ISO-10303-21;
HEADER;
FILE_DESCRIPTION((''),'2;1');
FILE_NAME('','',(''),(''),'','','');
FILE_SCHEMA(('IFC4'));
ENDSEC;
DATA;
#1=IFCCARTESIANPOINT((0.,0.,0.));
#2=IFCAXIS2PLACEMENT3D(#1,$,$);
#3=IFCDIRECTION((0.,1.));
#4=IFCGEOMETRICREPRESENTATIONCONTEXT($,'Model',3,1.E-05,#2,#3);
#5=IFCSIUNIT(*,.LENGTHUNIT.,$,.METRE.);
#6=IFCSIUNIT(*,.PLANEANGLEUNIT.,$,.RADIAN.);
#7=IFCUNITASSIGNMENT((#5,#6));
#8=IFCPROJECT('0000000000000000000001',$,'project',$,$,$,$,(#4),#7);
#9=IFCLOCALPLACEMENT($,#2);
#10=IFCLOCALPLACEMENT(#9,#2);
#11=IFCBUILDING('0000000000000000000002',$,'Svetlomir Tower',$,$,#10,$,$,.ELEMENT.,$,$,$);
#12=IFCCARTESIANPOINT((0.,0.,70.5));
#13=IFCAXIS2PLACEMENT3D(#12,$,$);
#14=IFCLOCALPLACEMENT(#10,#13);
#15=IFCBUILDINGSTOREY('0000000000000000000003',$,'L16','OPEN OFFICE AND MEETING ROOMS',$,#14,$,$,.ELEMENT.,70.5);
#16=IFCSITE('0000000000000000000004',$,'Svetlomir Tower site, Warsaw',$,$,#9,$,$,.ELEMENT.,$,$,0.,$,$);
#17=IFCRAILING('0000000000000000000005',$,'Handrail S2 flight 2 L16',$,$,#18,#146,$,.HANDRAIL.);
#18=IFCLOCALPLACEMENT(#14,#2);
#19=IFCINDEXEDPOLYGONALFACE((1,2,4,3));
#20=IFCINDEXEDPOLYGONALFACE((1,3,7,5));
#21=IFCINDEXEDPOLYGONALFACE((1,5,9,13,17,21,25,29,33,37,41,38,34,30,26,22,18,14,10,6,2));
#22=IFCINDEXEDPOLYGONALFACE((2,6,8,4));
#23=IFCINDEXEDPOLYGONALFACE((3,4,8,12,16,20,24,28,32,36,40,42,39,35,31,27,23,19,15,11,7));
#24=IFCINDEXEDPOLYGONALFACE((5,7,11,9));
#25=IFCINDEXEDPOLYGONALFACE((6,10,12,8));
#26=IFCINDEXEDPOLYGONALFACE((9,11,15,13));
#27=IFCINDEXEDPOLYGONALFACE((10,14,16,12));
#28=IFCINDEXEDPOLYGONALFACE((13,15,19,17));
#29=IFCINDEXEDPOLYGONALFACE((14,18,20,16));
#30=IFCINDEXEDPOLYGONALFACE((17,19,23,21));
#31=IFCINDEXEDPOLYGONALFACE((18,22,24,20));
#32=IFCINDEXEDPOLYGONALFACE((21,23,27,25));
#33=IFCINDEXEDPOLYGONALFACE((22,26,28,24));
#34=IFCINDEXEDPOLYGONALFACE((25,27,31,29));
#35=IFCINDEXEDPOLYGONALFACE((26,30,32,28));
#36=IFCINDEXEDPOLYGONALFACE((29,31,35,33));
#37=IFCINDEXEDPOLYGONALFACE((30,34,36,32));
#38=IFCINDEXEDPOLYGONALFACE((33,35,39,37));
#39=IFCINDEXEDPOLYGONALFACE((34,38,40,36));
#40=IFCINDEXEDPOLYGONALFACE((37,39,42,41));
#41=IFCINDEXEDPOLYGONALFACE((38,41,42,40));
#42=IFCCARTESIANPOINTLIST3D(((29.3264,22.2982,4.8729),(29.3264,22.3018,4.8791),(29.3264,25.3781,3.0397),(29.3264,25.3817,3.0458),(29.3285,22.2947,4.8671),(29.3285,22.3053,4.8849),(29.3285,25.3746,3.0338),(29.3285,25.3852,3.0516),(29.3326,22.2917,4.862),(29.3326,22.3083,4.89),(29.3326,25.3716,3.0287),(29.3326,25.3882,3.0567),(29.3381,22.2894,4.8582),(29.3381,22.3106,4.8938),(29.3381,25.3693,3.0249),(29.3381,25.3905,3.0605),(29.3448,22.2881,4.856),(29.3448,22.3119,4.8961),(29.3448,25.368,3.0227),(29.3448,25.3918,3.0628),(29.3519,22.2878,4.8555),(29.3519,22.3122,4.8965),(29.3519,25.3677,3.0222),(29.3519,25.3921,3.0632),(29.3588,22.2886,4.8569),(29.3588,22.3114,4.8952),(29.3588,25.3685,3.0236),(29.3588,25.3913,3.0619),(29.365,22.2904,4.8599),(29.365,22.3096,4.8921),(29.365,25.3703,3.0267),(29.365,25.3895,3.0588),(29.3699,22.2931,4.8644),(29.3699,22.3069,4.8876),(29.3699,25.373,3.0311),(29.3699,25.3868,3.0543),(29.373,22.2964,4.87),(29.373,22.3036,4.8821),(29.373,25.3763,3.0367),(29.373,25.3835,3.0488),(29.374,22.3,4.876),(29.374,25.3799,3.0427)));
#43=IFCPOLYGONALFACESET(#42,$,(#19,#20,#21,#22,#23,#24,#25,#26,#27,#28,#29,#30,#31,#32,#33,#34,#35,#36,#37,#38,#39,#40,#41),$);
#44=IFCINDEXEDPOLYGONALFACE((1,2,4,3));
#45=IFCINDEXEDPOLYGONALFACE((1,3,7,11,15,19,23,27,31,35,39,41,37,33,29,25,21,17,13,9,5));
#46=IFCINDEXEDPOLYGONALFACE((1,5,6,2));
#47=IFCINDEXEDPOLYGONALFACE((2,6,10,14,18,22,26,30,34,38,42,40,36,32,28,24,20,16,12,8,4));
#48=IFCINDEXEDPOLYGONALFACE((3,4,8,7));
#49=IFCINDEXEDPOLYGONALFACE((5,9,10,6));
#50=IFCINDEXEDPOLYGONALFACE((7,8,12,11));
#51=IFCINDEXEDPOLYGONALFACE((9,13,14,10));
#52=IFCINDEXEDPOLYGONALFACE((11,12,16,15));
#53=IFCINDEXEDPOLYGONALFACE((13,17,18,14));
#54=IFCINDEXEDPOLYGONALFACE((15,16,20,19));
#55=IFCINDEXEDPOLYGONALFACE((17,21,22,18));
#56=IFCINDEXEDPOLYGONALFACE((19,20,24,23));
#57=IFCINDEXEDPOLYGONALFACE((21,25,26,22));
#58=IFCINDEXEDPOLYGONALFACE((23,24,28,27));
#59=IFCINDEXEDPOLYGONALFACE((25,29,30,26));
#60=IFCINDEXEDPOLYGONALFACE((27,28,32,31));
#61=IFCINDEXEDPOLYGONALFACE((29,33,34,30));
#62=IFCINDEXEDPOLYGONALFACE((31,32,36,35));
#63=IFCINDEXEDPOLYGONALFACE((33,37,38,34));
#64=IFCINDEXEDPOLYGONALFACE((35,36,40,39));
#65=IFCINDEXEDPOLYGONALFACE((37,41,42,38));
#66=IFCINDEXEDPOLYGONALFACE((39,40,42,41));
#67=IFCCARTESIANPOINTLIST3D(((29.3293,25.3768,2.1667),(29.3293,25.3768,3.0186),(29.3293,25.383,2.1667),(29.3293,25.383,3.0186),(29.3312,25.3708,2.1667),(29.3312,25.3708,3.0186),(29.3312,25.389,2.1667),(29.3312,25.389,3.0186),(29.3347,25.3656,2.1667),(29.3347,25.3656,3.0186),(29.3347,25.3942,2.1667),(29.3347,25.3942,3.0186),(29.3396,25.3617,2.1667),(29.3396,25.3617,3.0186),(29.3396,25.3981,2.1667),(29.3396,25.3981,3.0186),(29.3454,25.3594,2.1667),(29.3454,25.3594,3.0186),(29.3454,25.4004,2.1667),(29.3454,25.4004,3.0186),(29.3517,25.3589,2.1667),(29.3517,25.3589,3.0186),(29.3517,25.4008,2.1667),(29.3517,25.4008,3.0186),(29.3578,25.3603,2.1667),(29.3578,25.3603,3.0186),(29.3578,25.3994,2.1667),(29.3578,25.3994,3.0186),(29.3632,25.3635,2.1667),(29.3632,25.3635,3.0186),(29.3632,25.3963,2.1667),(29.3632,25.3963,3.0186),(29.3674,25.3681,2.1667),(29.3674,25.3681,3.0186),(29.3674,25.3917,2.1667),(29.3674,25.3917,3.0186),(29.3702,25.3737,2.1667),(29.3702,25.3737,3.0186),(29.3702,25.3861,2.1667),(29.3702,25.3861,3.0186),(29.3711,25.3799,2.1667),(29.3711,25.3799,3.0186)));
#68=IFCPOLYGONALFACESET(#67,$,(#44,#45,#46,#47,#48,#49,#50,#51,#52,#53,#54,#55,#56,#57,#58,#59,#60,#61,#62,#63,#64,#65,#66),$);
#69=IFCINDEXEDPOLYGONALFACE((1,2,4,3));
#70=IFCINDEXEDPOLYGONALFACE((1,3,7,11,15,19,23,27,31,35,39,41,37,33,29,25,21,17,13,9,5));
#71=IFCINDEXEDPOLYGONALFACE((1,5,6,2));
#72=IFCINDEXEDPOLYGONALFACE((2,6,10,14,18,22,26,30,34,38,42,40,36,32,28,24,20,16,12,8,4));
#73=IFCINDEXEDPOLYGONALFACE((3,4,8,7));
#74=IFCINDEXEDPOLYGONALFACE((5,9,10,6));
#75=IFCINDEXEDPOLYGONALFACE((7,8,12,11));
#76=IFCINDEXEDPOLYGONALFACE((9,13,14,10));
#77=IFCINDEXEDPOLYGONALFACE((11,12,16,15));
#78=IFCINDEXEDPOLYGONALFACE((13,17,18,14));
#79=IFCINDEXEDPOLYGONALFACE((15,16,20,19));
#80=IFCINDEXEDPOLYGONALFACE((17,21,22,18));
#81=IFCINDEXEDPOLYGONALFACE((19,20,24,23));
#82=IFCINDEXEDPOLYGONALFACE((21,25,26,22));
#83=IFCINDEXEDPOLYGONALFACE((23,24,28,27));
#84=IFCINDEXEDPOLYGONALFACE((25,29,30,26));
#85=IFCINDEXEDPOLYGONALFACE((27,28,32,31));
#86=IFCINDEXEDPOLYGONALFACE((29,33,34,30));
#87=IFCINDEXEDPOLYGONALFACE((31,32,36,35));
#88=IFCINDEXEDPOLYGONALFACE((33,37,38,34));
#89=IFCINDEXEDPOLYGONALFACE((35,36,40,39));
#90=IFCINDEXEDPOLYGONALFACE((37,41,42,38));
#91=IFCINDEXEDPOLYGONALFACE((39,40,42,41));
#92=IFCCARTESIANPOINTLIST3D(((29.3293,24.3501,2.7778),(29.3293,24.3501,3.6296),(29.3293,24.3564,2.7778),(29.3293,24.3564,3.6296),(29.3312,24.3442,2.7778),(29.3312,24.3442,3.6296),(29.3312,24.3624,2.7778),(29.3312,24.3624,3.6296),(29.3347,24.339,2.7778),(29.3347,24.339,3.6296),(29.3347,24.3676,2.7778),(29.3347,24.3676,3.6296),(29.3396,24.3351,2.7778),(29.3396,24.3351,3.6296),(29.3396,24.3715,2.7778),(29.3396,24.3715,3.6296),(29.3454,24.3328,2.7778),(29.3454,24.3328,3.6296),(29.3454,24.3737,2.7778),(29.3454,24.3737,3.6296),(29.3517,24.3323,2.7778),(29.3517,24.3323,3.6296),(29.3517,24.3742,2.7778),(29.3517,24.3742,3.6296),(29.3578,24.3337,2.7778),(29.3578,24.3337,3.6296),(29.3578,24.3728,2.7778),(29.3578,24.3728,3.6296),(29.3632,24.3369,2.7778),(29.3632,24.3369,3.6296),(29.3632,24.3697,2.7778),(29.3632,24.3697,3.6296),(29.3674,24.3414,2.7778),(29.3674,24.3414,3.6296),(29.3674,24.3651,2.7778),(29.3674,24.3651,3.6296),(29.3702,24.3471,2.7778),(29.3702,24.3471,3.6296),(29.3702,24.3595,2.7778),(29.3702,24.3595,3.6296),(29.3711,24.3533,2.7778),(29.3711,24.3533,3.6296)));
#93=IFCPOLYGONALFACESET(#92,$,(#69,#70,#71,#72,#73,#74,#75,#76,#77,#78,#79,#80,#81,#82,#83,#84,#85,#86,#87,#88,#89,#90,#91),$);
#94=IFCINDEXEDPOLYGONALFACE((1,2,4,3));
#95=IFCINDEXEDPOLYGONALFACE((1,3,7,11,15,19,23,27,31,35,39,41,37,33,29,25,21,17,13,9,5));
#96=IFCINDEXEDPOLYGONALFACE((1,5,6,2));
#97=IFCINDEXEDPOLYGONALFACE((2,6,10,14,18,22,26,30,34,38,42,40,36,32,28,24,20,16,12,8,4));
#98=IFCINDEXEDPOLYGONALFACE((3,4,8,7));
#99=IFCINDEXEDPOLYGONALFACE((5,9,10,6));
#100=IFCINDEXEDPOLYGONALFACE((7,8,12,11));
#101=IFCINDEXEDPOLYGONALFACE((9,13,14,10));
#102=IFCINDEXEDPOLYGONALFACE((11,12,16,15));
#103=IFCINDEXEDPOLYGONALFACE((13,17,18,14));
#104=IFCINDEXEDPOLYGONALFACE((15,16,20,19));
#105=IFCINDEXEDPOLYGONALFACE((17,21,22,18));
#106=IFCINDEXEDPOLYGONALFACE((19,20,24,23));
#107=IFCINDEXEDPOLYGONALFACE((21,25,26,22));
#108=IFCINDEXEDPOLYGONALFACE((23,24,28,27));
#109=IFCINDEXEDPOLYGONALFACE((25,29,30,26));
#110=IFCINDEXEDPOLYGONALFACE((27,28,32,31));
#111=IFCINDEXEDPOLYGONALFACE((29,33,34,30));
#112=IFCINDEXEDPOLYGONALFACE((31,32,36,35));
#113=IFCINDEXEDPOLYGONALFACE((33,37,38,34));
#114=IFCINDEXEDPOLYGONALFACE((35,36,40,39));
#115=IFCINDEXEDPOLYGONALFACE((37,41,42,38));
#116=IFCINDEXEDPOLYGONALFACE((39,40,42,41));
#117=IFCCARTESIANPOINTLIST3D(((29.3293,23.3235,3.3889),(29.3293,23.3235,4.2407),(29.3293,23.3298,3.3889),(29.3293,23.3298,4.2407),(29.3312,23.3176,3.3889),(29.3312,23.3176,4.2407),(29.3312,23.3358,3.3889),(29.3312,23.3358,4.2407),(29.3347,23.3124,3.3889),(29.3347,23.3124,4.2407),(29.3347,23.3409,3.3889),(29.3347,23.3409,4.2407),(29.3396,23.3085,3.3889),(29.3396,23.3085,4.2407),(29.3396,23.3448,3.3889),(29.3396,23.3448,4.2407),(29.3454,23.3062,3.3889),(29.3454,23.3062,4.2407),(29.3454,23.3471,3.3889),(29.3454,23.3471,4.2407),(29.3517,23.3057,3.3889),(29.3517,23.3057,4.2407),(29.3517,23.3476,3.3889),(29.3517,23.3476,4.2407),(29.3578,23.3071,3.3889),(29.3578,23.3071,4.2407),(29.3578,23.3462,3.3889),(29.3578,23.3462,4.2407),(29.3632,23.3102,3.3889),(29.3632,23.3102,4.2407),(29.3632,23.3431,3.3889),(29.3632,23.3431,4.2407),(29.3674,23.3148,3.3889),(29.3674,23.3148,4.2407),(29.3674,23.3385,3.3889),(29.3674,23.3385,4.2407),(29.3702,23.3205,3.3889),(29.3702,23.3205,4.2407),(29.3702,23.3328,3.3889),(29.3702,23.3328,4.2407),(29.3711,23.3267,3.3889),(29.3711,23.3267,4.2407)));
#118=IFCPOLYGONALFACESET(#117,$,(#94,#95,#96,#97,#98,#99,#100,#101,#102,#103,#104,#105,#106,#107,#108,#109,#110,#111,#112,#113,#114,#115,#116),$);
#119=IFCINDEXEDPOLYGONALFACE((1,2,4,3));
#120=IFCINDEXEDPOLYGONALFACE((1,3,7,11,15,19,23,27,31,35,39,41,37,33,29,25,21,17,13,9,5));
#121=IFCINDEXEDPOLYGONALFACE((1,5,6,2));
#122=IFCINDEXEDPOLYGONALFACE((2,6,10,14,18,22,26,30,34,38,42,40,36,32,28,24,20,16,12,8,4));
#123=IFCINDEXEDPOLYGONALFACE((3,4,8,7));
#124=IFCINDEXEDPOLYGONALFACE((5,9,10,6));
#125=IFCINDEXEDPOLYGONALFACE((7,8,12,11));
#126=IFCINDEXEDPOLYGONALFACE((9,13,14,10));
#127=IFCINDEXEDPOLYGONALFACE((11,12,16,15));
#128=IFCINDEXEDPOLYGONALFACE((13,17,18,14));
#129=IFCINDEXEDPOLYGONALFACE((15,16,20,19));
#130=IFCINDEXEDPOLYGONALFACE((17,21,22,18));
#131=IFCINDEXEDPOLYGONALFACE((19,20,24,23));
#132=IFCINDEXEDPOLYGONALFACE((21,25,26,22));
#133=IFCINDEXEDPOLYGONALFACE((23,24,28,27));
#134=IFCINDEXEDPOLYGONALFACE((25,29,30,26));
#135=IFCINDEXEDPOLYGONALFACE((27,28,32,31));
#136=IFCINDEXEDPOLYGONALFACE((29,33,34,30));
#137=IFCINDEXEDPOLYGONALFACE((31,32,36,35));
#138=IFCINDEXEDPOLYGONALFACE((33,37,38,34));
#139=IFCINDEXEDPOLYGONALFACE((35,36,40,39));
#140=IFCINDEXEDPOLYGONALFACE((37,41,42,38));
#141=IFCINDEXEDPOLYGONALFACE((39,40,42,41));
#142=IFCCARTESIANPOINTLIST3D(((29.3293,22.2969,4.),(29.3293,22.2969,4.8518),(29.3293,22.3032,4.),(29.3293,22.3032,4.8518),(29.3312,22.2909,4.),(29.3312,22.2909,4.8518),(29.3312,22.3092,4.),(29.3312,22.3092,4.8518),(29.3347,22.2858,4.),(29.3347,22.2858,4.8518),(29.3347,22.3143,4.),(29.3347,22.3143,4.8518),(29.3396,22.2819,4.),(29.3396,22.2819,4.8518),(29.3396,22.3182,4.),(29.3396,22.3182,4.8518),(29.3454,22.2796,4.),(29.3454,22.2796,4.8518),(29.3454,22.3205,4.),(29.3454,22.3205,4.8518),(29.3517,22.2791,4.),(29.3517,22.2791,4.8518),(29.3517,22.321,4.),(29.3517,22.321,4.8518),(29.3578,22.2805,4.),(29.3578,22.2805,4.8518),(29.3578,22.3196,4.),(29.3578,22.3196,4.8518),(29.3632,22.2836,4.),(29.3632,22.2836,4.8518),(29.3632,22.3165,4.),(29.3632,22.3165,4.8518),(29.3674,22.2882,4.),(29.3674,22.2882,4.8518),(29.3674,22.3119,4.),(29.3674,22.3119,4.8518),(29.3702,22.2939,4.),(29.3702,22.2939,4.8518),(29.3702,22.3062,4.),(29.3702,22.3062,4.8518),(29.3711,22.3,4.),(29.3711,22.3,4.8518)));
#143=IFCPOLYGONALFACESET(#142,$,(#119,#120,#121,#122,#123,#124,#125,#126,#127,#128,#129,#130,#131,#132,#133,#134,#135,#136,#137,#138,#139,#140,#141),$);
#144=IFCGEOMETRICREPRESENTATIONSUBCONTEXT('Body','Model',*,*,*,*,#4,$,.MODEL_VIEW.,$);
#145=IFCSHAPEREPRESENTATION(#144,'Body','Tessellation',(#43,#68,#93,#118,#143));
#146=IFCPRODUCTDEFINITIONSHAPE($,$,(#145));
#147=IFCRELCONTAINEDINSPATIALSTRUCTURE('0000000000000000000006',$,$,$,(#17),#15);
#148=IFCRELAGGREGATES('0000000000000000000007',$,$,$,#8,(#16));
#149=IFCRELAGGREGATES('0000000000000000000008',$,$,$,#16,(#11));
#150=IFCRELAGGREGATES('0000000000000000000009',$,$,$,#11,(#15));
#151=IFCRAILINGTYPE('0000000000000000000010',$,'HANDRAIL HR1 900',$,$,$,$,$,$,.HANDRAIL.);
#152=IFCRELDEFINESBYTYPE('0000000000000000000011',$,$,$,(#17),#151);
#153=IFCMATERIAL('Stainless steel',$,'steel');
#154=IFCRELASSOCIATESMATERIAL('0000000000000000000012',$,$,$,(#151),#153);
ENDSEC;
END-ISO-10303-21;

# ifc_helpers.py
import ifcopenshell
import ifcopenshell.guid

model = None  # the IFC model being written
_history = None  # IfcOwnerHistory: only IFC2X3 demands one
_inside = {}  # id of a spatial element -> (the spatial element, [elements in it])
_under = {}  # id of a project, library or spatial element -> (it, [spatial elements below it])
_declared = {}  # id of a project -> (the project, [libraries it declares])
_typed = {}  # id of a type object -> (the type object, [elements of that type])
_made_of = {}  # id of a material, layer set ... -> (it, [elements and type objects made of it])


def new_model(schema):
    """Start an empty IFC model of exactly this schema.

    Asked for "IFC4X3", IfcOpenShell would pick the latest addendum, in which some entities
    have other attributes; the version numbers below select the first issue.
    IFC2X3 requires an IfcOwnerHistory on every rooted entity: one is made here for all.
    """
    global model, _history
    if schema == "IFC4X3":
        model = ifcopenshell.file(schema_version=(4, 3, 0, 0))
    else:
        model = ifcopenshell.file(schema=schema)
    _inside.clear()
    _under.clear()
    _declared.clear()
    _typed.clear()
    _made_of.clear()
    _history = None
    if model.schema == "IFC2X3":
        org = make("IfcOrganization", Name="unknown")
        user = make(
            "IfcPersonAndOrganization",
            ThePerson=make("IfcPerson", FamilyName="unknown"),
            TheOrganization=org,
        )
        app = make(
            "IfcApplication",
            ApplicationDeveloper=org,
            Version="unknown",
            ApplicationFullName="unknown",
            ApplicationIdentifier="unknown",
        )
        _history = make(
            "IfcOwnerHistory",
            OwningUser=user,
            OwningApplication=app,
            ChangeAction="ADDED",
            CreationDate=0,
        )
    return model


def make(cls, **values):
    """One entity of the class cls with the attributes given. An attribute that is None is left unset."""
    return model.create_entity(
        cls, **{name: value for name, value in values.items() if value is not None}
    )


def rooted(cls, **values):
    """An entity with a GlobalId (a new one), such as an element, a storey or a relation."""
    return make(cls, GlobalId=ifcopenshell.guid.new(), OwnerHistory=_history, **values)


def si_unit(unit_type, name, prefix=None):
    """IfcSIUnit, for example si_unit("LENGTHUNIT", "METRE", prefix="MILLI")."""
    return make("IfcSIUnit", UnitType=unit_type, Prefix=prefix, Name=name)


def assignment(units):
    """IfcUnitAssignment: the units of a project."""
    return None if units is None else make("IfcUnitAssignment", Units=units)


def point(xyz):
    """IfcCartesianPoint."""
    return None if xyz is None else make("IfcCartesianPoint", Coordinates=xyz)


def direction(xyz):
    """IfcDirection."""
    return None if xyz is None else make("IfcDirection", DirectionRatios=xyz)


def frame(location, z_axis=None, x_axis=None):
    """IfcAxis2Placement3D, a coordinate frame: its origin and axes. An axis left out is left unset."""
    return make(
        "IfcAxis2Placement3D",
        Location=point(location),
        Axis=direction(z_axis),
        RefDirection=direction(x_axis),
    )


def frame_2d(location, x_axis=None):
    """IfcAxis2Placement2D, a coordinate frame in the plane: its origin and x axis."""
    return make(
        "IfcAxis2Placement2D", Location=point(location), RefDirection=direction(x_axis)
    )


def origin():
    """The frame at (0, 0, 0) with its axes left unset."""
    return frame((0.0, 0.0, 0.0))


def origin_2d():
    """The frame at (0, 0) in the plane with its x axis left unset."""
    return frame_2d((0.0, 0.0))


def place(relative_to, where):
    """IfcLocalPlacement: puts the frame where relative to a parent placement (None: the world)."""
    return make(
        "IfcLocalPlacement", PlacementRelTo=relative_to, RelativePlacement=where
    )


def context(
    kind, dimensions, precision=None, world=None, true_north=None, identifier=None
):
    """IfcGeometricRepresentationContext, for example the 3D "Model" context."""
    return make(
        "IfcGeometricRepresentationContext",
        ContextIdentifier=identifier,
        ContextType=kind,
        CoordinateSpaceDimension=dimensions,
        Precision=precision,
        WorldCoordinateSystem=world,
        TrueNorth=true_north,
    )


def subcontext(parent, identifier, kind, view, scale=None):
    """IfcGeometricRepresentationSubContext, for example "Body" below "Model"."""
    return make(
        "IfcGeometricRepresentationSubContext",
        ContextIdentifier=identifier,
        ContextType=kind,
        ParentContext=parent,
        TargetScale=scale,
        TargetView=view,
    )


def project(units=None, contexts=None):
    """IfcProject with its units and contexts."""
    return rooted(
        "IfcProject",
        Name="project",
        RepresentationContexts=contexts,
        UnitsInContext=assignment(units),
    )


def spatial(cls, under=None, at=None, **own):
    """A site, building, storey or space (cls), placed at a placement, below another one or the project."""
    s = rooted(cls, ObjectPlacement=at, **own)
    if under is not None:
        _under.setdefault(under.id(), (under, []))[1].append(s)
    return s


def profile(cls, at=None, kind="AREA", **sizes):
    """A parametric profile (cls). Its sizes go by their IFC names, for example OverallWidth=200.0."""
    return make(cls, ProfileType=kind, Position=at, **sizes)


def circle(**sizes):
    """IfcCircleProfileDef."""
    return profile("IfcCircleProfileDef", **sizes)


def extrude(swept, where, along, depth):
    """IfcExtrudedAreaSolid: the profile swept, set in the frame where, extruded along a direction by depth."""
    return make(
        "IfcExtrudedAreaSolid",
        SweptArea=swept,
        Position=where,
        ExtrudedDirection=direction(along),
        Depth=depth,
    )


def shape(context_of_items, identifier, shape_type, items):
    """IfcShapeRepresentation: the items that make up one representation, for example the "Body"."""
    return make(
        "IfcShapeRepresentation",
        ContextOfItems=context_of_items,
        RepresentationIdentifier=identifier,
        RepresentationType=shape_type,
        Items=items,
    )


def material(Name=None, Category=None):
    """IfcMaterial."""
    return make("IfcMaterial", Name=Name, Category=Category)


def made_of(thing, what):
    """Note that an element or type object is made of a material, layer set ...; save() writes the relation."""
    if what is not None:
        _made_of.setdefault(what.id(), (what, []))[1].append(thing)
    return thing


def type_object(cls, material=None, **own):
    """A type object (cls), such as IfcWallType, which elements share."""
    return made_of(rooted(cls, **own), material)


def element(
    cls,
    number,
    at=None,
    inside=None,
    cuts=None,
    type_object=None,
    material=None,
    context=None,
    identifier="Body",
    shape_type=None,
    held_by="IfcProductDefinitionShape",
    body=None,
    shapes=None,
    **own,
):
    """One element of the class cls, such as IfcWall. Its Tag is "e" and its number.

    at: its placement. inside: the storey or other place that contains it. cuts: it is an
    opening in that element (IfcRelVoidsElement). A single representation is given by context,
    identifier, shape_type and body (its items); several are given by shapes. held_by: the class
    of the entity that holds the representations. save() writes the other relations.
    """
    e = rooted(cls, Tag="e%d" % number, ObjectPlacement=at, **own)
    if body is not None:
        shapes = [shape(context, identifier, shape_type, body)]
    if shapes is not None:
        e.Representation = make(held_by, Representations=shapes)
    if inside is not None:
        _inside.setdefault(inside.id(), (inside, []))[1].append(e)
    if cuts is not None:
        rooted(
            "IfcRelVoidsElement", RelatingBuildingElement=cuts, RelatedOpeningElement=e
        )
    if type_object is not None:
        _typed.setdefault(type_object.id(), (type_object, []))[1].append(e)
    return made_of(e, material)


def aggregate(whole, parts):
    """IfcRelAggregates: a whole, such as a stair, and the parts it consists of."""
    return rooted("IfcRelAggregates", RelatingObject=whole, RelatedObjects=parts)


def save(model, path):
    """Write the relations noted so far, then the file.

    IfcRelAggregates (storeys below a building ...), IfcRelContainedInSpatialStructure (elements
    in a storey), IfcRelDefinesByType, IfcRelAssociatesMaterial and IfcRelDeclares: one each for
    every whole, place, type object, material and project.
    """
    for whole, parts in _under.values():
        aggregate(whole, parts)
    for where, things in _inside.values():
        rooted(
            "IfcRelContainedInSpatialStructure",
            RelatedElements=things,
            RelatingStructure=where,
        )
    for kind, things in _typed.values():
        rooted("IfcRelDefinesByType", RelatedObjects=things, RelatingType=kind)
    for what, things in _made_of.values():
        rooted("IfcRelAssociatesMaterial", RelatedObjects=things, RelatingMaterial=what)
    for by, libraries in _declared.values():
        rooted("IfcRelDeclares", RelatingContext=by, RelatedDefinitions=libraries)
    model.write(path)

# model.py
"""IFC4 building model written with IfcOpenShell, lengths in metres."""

from ifc_helpers import new_model, si_unit, direction, frame, origin, origin_2d, place, context, subcontext, project, spatial, circle, extrude, material, type_object, element, save


model = new_model("IFC4")

# Units and contexts
model_context = context("Model", 3, precision=1e-05, world=origin(), true_north=direction((0.0, 1.0)))
body_context = subcontext(model_context, "Body", "Model", "MODEL_VIEW")
ifc_project = project(units=[si_unit("LENGTHUNIT", "METRE"), si_unit("PLANEANGLEUNIT", "RADIAN")], contexts=[model_context])

# Site, building, storey
site_placement = place(None, origin())
site = spatial("IfcSite", under=ifc_project, at=site_placement, Name="Svetlomir Tower site, Warsaw", CompositionType="ELEMENT", RefElevation=0.0)
building_placement = place(site_placement, origin())
building = spatial("IfcBuilding", under=site, at=building_placement, Name="Svetlomir Tower", CompositionType="ELEMENT")
storey_placement = place(building_placement, frame((0.0, 0.0, 70.5)))
storey = spatial("IfcBuildingStorey", under=building, at=storey_placement, Name="L16", Description="OPEN OFFICE AND MEETING ROOMS", CompositionType="ELEMENT", Elevation=70.5)

# Railing
ifc_material_1 = material(Name="Stainless steel", Category="steel")
railing_type = type_object("IfcRailingType", Name="HANDRAIL HR1 900", PredefinedType="HANDRAIL", material=ifc_material_1)
railing_1_placement = place(storey_placement, frame((29.3501, 25.3799, 2.1667)))
element("IfcRailing", 1, at=railing_1_placement, inside=storey, type_object=railing_type, Name="Handrail S2 flight 2 L16", PredefinedType="HANDRAIL", context=body_context, shape_type="SweptSolid", body=[
    extrude(circle(Radius=0.0239, at=origin_2d()), frame((0.0, 0.0, 0.876), z_axis=(0.0, -0.859291, 0.511487), x_axis=(1.0, 0.0, 0.0)), (0.0, 0.0, 1.0), 3.5842),
    extrude(circle(Radius=0.021, at=origin_2d()), origin(), (0.0, 0.0, 1.0), 0.8518),
    extrude(circle(Radius=0.021, at=origin_2d()), frame((0.0, -1.0266, 0.6111)), (0.0, 0.0, 1.0), 0.8518),
    extrude(circle(Radius=0.021, at=origin_2d()), frame((0.0, -2.0532, 1.2222)), (0.0, 0.0, 1.0), 0.8518),
    extrude(circle(Radius=0.021, at=origin_2d()), frame((0.0, -3.0798, 1.8333)), (0.0, 0.0, 1.0), 0.8518),
])

save(model, "model.ifc")
